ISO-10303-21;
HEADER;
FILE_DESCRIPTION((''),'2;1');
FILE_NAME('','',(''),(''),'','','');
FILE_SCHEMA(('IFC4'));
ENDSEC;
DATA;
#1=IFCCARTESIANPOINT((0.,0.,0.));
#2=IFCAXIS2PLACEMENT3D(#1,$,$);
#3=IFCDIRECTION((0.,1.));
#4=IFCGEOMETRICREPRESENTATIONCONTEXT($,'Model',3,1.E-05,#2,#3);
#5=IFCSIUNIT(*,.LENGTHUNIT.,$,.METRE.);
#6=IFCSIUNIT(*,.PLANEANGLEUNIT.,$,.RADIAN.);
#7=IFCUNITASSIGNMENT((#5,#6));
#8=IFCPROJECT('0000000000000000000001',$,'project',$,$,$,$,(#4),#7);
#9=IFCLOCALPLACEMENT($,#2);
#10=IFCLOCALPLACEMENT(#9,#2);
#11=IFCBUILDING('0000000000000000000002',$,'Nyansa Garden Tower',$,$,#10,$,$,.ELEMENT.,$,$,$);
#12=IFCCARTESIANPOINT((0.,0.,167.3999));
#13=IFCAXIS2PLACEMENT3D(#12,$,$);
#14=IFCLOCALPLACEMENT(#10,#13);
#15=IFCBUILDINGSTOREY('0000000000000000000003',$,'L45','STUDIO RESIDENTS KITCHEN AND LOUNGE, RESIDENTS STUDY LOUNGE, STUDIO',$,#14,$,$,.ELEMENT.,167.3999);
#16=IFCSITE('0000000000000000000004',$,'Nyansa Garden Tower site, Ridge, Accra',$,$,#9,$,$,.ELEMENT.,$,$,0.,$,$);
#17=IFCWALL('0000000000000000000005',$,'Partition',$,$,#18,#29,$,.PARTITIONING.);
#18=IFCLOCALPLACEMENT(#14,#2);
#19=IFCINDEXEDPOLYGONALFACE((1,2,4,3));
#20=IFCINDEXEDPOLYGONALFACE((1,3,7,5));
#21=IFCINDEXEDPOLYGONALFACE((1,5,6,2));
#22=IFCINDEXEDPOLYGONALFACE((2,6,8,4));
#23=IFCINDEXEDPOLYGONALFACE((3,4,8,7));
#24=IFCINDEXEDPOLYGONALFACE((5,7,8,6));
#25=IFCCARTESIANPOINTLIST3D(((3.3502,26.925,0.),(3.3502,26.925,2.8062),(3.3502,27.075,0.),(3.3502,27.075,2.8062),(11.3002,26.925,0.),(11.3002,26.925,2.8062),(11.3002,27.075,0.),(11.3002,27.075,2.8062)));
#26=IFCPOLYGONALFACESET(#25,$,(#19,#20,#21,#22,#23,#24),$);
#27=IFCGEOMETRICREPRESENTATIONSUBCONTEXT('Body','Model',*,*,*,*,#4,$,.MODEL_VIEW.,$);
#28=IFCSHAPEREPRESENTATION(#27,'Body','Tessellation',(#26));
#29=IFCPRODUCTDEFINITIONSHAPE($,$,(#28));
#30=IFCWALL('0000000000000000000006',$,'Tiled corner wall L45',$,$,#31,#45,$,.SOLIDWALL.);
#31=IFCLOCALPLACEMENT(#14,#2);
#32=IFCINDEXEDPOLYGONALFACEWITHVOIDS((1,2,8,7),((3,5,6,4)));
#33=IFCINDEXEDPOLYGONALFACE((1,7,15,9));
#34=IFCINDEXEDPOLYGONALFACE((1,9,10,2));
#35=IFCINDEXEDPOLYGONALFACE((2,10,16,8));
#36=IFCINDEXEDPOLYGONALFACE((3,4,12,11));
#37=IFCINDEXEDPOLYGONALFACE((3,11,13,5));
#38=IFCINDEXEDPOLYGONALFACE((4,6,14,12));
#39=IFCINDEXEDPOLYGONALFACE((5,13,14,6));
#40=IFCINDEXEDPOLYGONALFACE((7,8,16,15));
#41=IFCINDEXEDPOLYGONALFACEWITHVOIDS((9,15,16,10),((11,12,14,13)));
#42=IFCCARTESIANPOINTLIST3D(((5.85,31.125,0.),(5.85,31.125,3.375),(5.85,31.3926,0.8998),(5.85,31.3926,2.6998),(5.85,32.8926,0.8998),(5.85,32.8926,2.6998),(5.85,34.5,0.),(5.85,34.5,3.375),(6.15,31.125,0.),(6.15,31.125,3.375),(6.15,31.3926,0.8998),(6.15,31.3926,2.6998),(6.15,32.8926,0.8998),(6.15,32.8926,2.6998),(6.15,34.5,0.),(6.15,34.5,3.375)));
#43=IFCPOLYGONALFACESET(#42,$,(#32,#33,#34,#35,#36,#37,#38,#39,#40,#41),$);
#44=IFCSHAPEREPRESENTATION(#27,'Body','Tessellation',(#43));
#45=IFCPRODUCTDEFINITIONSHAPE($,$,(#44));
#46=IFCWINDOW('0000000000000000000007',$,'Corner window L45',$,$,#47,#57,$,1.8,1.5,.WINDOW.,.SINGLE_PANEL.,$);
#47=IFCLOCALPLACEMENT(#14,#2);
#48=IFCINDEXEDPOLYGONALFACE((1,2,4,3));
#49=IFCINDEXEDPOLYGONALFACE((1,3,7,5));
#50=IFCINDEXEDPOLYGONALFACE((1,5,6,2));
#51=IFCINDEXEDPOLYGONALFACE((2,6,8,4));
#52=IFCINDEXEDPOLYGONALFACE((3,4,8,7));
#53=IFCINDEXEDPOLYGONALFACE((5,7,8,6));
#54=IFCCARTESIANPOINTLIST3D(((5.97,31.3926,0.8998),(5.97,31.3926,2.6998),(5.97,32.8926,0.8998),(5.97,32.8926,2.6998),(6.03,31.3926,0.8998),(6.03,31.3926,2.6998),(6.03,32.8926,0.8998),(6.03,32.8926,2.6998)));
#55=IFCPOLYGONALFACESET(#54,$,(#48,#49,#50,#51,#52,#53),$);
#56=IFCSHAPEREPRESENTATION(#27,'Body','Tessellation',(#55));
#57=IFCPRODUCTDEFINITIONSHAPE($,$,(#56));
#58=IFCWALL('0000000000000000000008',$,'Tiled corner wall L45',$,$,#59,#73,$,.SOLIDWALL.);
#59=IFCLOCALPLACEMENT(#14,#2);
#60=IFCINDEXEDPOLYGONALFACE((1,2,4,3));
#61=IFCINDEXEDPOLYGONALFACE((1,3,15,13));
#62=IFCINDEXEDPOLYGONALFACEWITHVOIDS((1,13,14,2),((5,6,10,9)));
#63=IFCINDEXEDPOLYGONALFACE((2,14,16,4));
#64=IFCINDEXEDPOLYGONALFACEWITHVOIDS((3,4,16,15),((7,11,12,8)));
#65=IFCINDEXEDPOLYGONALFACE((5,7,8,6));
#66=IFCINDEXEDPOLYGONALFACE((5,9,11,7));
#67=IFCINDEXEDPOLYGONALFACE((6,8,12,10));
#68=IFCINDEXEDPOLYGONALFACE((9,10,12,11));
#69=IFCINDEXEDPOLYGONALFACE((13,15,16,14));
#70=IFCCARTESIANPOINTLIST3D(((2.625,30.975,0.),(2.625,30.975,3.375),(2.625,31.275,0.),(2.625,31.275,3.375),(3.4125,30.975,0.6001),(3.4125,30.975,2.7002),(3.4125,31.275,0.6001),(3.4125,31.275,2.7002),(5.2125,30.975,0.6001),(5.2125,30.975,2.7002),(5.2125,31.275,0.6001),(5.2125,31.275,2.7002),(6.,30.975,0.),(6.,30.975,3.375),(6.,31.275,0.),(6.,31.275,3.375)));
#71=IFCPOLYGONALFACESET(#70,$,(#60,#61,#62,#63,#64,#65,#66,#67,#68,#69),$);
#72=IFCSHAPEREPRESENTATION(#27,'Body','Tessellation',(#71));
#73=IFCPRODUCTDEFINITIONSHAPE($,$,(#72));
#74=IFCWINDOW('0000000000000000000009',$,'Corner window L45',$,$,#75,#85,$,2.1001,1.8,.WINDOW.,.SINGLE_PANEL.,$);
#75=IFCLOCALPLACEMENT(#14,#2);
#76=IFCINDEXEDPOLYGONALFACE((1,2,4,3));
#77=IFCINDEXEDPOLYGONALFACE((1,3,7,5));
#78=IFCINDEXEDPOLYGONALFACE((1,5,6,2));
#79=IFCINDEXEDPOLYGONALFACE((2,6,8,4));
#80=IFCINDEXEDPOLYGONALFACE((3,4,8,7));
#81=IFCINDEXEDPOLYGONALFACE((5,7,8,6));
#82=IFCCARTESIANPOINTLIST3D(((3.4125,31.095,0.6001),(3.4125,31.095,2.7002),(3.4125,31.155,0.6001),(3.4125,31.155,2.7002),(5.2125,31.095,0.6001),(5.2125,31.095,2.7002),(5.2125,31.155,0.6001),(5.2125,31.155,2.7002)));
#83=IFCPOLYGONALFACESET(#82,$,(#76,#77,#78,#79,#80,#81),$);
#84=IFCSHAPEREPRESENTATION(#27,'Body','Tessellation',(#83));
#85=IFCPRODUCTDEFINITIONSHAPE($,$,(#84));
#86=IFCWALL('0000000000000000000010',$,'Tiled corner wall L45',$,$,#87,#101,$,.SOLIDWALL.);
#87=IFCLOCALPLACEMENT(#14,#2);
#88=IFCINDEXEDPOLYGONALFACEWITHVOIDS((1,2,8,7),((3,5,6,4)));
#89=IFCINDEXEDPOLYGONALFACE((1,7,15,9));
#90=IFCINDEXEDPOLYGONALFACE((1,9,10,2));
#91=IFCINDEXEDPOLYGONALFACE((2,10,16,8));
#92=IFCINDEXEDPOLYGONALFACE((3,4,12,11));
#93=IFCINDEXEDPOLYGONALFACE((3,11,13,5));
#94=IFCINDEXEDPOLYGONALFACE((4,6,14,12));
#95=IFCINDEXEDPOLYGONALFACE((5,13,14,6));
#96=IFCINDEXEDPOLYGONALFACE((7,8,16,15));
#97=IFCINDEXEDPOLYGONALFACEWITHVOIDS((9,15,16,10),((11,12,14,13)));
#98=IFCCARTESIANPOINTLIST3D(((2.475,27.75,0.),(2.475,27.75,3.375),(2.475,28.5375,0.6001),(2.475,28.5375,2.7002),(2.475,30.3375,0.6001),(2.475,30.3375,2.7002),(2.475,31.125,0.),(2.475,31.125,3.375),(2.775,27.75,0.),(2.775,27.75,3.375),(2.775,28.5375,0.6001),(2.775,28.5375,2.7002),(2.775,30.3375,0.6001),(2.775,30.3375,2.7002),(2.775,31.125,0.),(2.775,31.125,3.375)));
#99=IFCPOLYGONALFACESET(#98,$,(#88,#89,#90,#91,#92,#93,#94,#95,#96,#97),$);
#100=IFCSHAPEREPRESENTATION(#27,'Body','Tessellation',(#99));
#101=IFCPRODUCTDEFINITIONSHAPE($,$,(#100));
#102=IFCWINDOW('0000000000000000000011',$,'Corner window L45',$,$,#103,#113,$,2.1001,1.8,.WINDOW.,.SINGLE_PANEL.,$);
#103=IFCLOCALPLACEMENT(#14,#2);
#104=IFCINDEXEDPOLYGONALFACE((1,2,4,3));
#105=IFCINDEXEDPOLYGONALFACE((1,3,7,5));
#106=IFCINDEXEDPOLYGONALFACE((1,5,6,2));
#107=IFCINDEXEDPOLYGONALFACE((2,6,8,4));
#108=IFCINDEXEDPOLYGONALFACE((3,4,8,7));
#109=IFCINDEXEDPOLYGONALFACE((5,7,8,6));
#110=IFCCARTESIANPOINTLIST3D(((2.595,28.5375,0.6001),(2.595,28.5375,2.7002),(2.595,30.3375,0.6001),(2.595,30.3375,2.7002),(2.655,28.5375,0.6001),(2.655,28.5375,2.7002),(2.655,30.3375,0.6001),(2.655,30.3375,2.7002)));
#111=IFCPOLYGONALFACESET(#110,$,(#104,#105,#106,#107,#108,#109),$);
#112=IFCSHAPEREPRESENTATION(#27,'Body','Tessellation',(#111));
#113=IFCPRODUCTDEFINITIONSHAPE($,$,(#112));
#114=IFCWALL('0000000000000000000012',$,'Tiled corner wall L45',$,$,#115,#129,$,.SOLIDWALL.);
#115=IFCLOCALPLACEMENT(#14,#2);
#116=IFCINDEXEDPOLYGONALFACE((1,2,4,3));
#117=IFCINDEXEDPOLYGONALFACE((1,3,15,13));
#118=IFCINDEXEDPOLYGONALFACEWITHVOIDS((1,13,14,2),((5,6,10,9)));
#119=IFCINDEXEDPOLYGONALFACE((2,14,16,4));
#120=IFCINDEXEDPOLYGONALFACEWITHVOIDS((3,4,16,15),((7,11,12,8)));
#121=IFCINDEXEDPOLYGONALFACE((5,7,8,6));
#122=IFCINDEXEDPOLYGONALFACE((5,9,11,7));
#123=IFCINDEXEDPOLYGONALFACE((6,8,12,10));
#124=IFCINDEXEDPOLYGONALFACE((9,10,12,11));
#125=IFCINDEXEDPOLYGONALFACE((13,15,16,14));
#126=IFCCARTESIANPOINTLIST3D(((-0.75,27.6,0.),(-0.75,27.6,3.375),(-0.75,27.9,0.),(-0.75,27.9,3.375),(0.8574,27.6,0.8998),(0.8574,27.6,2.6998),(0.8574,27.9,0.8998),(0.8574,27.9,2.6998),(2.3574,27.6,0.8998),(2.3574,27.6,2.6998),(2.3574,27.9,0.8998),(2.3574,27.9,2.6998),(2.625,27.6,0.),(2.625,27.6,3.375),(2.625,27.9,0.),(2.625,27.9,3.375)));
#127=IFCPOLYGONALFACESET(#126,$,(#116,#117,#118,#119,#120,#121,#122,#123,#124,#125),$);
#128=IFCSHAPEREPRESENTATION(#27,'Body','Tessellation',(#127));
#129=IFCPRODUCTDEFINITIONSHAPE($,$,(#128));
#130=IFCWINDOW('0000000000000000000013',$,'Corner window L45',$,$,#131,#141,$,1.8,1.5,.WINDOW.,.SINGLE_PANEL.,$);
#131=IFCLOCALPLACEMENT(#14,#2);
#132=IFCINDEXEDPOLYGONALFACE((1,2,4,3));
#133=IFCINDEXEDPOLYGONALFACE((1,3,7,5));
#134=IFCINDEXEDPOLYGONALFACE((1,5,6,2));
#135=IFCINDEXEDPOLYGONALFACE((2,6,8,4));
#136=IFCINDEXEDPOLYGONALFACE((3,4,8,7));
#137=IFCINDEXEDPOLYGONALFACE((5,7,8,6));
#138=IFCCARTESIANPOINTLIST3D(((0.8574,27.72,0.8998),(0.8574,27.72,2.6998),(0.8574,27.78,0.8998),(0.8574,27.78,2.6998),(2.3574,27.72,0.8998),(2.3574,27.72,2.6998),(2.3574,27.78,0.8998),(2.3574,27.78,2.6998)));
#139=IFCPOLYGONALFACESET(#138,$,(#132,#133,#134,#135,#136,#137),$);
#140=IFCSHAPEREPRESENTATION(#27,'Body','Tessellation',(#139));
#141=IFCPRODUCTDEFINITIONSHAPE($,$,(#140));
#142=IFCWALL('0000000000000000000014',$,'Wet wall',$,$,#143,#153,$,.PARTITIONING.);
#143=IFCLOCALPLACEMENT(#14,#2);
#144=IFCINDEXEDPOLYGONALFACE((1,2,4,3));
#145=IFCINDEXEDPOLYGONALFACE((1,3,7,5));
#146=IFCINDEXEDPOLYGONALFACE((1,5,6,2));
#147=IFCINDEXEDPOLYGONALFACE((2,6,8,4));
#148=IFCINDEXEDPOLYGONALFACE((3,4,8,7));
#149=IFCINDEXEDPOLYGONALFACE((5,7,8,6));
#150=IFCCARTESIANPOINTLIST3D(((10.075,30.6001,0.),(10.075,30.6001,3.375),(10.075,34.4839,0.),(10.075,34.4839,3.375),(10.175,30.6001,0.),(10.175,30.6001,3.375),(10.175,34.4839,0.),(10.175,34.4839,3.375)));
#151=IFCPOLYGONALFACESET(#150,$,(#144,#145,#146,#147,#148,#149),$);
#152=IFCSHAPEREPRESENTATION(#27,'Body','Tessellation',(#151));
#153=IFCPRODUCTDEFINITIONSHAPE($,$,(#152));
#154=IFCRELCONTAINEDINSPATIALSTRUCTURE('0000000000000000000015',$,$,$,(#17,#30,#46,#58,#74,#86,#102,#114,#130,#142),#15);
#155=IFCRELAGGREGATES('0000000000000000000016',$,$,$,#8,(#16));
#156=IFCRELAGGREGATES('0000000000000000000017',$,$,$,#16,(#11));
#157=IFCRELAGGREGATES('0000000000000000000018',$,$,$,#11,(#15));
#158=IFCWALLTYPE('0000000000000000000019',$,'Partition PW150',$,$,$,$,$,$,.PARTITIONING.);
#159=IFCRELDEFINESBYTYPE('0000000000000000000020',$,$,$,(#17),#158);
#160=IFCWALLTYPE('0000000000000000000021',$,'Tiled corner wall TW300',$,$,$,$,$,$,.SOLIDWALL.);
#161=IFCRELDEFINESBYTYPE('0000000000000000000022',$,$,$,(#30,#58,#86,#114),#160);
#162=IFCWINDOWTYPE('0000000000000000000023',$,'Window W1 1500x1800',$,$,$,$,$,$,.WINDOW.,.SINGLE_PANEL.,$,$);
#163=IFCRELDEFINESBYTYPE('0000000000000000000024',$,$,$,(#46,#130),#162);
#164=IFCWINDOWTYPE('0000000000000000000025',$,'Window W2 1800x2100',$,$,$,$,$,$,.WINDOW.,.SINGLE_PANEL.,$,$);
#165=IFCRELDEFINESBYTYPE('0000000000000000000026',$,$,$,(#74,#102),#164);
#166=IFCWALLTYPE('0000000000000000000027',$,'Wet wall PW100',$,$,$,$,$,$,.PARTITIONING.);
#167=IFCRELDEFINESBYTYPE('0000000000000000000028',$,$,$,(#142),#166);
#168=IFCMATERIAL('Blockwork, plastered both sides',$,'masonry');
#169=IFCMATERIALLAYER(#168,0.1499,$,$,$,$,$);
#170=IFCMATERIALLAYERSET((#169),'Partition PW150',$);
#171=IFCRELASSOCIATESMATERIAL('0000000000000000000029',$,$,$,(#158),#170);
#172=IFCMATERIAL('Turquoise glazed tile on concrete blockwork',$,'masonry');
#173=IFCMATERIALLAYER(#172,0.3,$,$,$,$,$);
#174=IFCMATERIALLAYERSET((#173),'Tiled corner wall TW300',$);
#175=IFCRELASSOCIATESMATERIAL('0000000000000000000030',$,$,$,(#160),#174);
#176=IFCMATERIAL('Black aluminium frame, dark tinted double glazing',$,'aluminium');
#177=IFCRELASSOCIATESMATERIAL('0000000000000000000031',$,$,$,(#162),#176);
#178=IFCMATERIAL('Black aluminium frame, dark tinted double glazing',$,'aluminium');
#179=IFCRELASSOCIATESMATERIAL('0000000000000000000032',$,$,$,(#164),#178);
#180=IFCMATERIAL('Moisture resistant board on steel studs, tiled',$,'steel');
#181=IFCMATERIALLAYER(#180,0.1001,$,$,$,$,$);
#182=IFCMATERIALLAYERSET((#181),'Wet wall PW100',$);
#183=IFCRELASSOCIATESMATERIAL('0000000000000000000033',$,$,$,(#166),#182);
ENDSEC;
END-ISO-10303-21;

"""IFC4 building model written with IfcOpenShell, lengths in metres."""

from ifc_helpers import new_model, si_unit, direction, frame, frame_2d, origin, place, context, subcontext, project, spatial, rectangle, extrude, material, layer, layer_set, type_object, element, fill, save


model = new_model("IFC4")

# Units and contexts
model_context = context("Model", 3, precision=1e-05, world=origin(), true_north=direction((0.0, 1.0)))
body_context = subcontext(model_context, "Body", "Model", "MODEL_VIEW")
ifc_project = project(units=[si_unit("LENGTHUNIT", "METRE"), si_unit("PLANEANGLEUNIT", "RADIAN")], contexts=[model_context])

# Site, building, storey
site_placement = place(None, origin())
site = spatial("IfcSite", under=ifc_project, at=site_placement, Name="Nyansa Garden Tower site, Ridge, Accra", CompositionType="ELEMENT", RefElevation=0.0)
building_placement = place(site_placement, origin())
building = spatial("IfcBuilding", under=site, at=building_placement, Name="Nyansa Garden Tower", CompositionType="ELEMENT")
storey_placement = place(building_placement, frame((0.0, 0.0, 167.3999)))
storey = spatial("IfcBuildingStorey", under=building, at=storey_placement, Name="L45", Description="STUDIO RESIDENTS KITCHEN AND LOUNGE, RESIDENTS STUDY LOUNGE, STUDIO", CompositionType="ELEMENT", Elevation=167.3999)

# Wall
ifc_material_1 = material(Name="Blockwork, plastered both sides", Category="masonry")
ifc_layer_1 = layer(ifc_material_1, 0.1499)
ifc_layer_set_1 = layer_set([ifc_layer_1], Name="Partition PW150")
wall_type_1 = type_object("IfcWallType", Name="Partition PW150", PredefinedType="PARTITIONING", material=ifc_layer_set_1)
wall_1_placement = place(storey_placement, frame((3.3501, 27.0, 0.0), z_axis=(0.0, 0.0, 1.0), x_axis=(1.0, 0.0, 0.0)))
element("IfcWall", 1, at=wall_1_placement, inside=storey, type_object=wall_type_1, Name="Partition", PredefinedType="PARTITIONING", context=body_context, shape_type="SweptSolid", body=[
    extrude(rectangle(XDim=7.95, YDim=0.1499, at=frame_2d((3.9751, 0.0))), origin(), (0.0, 0.0, 1.0), 2.8062),
])

# Walls, openings, windows
ifc_material_2 = material(Name="Turquoise glazed tile on concrete blockwork", Category="masonry")
ifc_layer_2 = layer(ifc_material_2, 0.3)
ifc_layer_set_2 = layer_set([ifc_layer_2], Name="Tiled corner wall TW300")
wall_type_2 = type_object("IfcWallType", Name="Tiled corner wall TW300", PredefinedType="SOLIDWALL", material=ifc_layer_set_2)
wall_2_placement = place(storey_placement, frame((6.0, 34.5, 0.0), z_axis=(0.0, 0.0, 1.0), x_axis=(0.0, -1.0, 0.0)))
wall_2 = element("IfcWall", 2, at=wall_2_placement, inside=storey, type_object=wall_type_2, Name="Tiled corner wall L45", PredefinedType="SOLIDWALL", context=body_context, shape_type="SweptSolid", body=[
    extrude(rectangle(XDim=3.375, YDim=0.3, at=frame_2d((1.6875, 0.0))), origin(), (0.0, 0.0, 1.0), 3.375),
])
opening_1_placement = place(wall_2_placement, frame((1.6074, 0.0, 0.8999)))
opening_1 = element("IfcOpeningElement", 3, at=opening_1_placement, cuts=wall_2, PredefinedType="OPENING", context=body_context, shape_type="SweptSolid", body=[
    extrude(rectangle(XDim=1.5, YDim=1.8, at=frame_2d((0.75, 0.8999))), frame((0.0, 0.1599, 0.0), z_axis=(0.0, -1.0, 0.0), x_axis=(1.0, 0.0, 0.0)), (0.0, 0.0, 1.0), 0.3201),
])
ifc_material_3 = material(Name="Black aluminium frame, dark tinted double glazing", Category="aluminium")
window_type_1 = type_object("IfcWindowType", Name="Window W1 1500x1800", PartitioningType="SINGLE_PANEL", PredefinedType="WINDOW", material=ifc_material_3)
window_1_placement = place(opening_1_placement, origin())
window_1 = element("IfcWindow", 4, at=window_1_placement, inside=storey, type_object=window_type_1, Name="Corner window L45", OverallHeight=1.8, OverallWidth=1.5, PartitioningType="SINGLE_PANEL", PredefinedType="WINDOW", context=body_context, shape_type="SweptSolid", body=[
    extrude(rectangle(XDim=1.5, YDim=1.8, at=frame_2d((0.75, 0.8999))), frame((0.0, 0.03, 0.0), z_axis=(0.0, -1.0, 0.0), x_axis=(1.0, 0.0, 0.0)), (0.0, 0.0, 1.0), 0.0601),
])
fill(opening_1, window_1)
wall_3_placement = place(storey_placement, frame((6.0, 31.125, 0.0), z_axis=(0.0, 0.0, 1.0), x_axis=(-1.0, 0.0, 0.0)))
wall_3 = element("IfcWall", 5, at=wall_3_placement, inside=storey, type_object=wall_type_2, Name="Tiled corner wall L45", PredefinedType="SOLIDWALL", context=body_context, shape_type="SweptSolid", body=[
    extrude(rectangle(XDim=3.375, YDim=0.3, at=frame_2d((1.6875, 0.0))), origin(), (0.0, 0.0, 1.0), 3.375),
])
opening_2_placement = place(wall_3_placement, frame((0.7876, 0.0, 0.6001)))
opening_2 = element("IfcOpeningElement", 6, at=opening_2_placement, cuts=wall_3, PredefinedType="OPENING", context=body_context, shape_type="SweptSolid", body=[
    extrude(rectangle(XDim=1.8, YDim=2.1001, at=frame_2d((0.8999, 1.05))), frame((0.0, 0.1599, 0.0), z_axis=(0.0, -1.0, 0.0), x_axis=(1.0, 0.0, 0.0)), (0.0, 0.0, 1.0), 0.3201),
])
ifc_material_4 = material(Name="Black aluminium frame, dark tinted double glazing", Category="aluminium")
window_type_2 = type_object("IfcWindowType", Name="Window W2 1800x2100", PartitioningType="SINGLE_PANEL", PredefinedType="WINDOW", material=ifc_material_4)
window_2_placement = place(opening_2_placement, origin())
window_2 = element("IfcWindow", 7, at=window_2_placement, inside=storey, type_object=window_type_2, Name="Corner window L45", OverallHeight=2.1001, OverallWidth=1.8, PartitioningType="SINGLE_PANEL", PredefinedType="WINDOW", context=body_context, shape_type="SweptSolid", body=[
    extrude(rectangle(XDim=1.8, YDim=2.1001, at=frame_2d((0.8999, 1.05))), frame((0.0, 0.03, 0.0), z_axis=(0.0, -1.0, 0.0), x_axis=(1.0, 0.0, 0.0)), (0.0, 0.0, 1.0), 0.0601),
])
fill(opening_2, window_2)
wall_4_placement = place(storey_placement, frame((2.625, 31.125, 0.0), z_axis=(0.0, 0.0, 1.0), x_axis=(0.0, -1.0, 0.0)))
wall_4 = element("IfcWall", 8, at=wall_4_placement, inside=storey, type_object=wall_type_2, Name="Tiled corner wall L45", PredefinedType="SOLIDWALL", context=body_context, shape_type="SweptSolid", body=[
    extrude(rectangle(XDim=3.375, YDim=0.3, at=frame_2d((1.6875, 0.0))), origin(), (0.0, 0.0, 1.0), 3.375),
])
opening_3_placement = place(wall_4_placement, frame((0.7876, 0.0, 0.6001)))
opening_3 = element("IfcOpeningElement", 9, at=opening_3_placement, cuts=wall_4, PredefinedType="OPENING", context=body_context, shape_type="SweptSolid", body=[
    extrude(rectangle(XDim=1.8, YDim=2.1001, at=frame_2d((0.8999, 1.05))), frame((0.0, 0.1599, 0.0), z_axis=(0.0, -1.0, 0.0), x_axis=(1.0, 0.0, 0.0)), (0.0, 0.0, 1.0), 0.3201),
])
window_3_placement = place(opening_3_placement, origin())
window_3 = element("IfcWindow", 10, at=window_3_placement, inside=storey, type_object=window_type_2, Name="Corner window L45", OverallHeight=2.1001, OverallWidth=1.8, PartitioningType="SINGLE_PANEL", PredefinedType="WINDOW", context=body_context, shape_type="SweptSolid", body=[
    extrude(rectangle(XDim=1.8, YDim=2.1001, at=frame_2d((0.8999, 1.05))), frame((0.0, 0.03, 0.0), z_axis=(0.0, -1.0, 0.0), x_axis=(1.0, 0.0, 0.0)), (0.0, 0.0, 1.0), 0.0601),
])
fill(opening_3, window_3)
wall_5_placement = place(storey_placement, frame((2.625, 27.75, 0.0), z_axis=(0.0, 0.0, 1.0), x_axis=(-1.0, 0.0, 0.0)))
wall_5 = element("IfcWall", 11, at=wall_5_placement, inside=storey, type_object=wall_type_2, Name="Tiled corner wall L45", PredefinedType="SOLIDWALL", context=body_context, shape_type="SweptSolid", body=[
    extrude(rectangle(XDim=3.375, YDim=0.3, at=frame_2d((1.6875, 0.0))), origin(), (0.0, 0.0, 1.0), 3.375),
])
opening_4_placement = place(wall_5_placement, frame((0.2676, 0.0, 0.8999)))
opening_4 = element("IfcOpeningElement", 12, at=opening_4_placement, cuts=wall_5, PredefinedType="OPENING", context=body_context, shape_type="SweptSolid", body=[
    extrude(rectangle(XDim=1.5, YDim=1.8, at=frame_2d((0.75, 0.8999))), frame((0.0, 0.1599, 0.0), z_axis=(0.0, -1.0, 0.0), x_axis=(1.0, 0.0, 0.0)), (0.0, 0.0, 1.0), 0.3201),
])
window_4_placement = place(opening_4_placement, origin())
window_4 = element("IfcWindow", 13, at=window_4_placement, inside=storey, type_object=window_type_1, Name="Corner window L45", OverallHeight=1.8, OverallWidth=1.5, PartitioningType="SINGLE_PANEL", PredefinedType="WINDOW", context=body_context, shape_type="SweptSolid", body=[
    extrude(rectangle(XDim=1.5, YDim=1.8, at=frame_2d((0.75, 0.8999))), frame((0.0, 0.03, 0.0), z_axis=(0.0, -1.0, 0.0), x_axis=(1.0, 0.0, 0.0)), (0.0, 0.0, 1.0), 0.0601),
])
fill(opening_4, window_4)

# Wall
ifc_material_5 = material(Name="Moisture resistant board on steel studs, tiled", Category="steel")
ifc_layer_3 = layer(ifc_material_5, 0.1001)
ifc_layer_set_3 = layer_set([ifc_layer_3], Name="Wet wall PW100")
wall_type_3 = type_object("IfcWallType", Name="Wet wall PW100", PredefinedType="PARTITIONING", material=ifc_layer_set_3)
wall_6_placement = place(storey_placement, frame((10.125, 30.6001, 0.0), z_axis=(0.0, 0.0, 1.0), x_axis=(0.0, 1.0, 0.0)))
element("IfcWall", 14, at=wall_6_placement, inside=storey, type_object=wall_type_3, Name="Wet wall", PredefinedType="PARTITIONING", context=body_context, shape_type="SweptSolid", body=[
    extrude(rectangle(XDim=3.8838, YDim=0.1001, at=frame_2d((1.9419, 0.0))), origin(), (0.0, 0.0, 1.0), 3.375),
])

save(model, "model.ifc")
